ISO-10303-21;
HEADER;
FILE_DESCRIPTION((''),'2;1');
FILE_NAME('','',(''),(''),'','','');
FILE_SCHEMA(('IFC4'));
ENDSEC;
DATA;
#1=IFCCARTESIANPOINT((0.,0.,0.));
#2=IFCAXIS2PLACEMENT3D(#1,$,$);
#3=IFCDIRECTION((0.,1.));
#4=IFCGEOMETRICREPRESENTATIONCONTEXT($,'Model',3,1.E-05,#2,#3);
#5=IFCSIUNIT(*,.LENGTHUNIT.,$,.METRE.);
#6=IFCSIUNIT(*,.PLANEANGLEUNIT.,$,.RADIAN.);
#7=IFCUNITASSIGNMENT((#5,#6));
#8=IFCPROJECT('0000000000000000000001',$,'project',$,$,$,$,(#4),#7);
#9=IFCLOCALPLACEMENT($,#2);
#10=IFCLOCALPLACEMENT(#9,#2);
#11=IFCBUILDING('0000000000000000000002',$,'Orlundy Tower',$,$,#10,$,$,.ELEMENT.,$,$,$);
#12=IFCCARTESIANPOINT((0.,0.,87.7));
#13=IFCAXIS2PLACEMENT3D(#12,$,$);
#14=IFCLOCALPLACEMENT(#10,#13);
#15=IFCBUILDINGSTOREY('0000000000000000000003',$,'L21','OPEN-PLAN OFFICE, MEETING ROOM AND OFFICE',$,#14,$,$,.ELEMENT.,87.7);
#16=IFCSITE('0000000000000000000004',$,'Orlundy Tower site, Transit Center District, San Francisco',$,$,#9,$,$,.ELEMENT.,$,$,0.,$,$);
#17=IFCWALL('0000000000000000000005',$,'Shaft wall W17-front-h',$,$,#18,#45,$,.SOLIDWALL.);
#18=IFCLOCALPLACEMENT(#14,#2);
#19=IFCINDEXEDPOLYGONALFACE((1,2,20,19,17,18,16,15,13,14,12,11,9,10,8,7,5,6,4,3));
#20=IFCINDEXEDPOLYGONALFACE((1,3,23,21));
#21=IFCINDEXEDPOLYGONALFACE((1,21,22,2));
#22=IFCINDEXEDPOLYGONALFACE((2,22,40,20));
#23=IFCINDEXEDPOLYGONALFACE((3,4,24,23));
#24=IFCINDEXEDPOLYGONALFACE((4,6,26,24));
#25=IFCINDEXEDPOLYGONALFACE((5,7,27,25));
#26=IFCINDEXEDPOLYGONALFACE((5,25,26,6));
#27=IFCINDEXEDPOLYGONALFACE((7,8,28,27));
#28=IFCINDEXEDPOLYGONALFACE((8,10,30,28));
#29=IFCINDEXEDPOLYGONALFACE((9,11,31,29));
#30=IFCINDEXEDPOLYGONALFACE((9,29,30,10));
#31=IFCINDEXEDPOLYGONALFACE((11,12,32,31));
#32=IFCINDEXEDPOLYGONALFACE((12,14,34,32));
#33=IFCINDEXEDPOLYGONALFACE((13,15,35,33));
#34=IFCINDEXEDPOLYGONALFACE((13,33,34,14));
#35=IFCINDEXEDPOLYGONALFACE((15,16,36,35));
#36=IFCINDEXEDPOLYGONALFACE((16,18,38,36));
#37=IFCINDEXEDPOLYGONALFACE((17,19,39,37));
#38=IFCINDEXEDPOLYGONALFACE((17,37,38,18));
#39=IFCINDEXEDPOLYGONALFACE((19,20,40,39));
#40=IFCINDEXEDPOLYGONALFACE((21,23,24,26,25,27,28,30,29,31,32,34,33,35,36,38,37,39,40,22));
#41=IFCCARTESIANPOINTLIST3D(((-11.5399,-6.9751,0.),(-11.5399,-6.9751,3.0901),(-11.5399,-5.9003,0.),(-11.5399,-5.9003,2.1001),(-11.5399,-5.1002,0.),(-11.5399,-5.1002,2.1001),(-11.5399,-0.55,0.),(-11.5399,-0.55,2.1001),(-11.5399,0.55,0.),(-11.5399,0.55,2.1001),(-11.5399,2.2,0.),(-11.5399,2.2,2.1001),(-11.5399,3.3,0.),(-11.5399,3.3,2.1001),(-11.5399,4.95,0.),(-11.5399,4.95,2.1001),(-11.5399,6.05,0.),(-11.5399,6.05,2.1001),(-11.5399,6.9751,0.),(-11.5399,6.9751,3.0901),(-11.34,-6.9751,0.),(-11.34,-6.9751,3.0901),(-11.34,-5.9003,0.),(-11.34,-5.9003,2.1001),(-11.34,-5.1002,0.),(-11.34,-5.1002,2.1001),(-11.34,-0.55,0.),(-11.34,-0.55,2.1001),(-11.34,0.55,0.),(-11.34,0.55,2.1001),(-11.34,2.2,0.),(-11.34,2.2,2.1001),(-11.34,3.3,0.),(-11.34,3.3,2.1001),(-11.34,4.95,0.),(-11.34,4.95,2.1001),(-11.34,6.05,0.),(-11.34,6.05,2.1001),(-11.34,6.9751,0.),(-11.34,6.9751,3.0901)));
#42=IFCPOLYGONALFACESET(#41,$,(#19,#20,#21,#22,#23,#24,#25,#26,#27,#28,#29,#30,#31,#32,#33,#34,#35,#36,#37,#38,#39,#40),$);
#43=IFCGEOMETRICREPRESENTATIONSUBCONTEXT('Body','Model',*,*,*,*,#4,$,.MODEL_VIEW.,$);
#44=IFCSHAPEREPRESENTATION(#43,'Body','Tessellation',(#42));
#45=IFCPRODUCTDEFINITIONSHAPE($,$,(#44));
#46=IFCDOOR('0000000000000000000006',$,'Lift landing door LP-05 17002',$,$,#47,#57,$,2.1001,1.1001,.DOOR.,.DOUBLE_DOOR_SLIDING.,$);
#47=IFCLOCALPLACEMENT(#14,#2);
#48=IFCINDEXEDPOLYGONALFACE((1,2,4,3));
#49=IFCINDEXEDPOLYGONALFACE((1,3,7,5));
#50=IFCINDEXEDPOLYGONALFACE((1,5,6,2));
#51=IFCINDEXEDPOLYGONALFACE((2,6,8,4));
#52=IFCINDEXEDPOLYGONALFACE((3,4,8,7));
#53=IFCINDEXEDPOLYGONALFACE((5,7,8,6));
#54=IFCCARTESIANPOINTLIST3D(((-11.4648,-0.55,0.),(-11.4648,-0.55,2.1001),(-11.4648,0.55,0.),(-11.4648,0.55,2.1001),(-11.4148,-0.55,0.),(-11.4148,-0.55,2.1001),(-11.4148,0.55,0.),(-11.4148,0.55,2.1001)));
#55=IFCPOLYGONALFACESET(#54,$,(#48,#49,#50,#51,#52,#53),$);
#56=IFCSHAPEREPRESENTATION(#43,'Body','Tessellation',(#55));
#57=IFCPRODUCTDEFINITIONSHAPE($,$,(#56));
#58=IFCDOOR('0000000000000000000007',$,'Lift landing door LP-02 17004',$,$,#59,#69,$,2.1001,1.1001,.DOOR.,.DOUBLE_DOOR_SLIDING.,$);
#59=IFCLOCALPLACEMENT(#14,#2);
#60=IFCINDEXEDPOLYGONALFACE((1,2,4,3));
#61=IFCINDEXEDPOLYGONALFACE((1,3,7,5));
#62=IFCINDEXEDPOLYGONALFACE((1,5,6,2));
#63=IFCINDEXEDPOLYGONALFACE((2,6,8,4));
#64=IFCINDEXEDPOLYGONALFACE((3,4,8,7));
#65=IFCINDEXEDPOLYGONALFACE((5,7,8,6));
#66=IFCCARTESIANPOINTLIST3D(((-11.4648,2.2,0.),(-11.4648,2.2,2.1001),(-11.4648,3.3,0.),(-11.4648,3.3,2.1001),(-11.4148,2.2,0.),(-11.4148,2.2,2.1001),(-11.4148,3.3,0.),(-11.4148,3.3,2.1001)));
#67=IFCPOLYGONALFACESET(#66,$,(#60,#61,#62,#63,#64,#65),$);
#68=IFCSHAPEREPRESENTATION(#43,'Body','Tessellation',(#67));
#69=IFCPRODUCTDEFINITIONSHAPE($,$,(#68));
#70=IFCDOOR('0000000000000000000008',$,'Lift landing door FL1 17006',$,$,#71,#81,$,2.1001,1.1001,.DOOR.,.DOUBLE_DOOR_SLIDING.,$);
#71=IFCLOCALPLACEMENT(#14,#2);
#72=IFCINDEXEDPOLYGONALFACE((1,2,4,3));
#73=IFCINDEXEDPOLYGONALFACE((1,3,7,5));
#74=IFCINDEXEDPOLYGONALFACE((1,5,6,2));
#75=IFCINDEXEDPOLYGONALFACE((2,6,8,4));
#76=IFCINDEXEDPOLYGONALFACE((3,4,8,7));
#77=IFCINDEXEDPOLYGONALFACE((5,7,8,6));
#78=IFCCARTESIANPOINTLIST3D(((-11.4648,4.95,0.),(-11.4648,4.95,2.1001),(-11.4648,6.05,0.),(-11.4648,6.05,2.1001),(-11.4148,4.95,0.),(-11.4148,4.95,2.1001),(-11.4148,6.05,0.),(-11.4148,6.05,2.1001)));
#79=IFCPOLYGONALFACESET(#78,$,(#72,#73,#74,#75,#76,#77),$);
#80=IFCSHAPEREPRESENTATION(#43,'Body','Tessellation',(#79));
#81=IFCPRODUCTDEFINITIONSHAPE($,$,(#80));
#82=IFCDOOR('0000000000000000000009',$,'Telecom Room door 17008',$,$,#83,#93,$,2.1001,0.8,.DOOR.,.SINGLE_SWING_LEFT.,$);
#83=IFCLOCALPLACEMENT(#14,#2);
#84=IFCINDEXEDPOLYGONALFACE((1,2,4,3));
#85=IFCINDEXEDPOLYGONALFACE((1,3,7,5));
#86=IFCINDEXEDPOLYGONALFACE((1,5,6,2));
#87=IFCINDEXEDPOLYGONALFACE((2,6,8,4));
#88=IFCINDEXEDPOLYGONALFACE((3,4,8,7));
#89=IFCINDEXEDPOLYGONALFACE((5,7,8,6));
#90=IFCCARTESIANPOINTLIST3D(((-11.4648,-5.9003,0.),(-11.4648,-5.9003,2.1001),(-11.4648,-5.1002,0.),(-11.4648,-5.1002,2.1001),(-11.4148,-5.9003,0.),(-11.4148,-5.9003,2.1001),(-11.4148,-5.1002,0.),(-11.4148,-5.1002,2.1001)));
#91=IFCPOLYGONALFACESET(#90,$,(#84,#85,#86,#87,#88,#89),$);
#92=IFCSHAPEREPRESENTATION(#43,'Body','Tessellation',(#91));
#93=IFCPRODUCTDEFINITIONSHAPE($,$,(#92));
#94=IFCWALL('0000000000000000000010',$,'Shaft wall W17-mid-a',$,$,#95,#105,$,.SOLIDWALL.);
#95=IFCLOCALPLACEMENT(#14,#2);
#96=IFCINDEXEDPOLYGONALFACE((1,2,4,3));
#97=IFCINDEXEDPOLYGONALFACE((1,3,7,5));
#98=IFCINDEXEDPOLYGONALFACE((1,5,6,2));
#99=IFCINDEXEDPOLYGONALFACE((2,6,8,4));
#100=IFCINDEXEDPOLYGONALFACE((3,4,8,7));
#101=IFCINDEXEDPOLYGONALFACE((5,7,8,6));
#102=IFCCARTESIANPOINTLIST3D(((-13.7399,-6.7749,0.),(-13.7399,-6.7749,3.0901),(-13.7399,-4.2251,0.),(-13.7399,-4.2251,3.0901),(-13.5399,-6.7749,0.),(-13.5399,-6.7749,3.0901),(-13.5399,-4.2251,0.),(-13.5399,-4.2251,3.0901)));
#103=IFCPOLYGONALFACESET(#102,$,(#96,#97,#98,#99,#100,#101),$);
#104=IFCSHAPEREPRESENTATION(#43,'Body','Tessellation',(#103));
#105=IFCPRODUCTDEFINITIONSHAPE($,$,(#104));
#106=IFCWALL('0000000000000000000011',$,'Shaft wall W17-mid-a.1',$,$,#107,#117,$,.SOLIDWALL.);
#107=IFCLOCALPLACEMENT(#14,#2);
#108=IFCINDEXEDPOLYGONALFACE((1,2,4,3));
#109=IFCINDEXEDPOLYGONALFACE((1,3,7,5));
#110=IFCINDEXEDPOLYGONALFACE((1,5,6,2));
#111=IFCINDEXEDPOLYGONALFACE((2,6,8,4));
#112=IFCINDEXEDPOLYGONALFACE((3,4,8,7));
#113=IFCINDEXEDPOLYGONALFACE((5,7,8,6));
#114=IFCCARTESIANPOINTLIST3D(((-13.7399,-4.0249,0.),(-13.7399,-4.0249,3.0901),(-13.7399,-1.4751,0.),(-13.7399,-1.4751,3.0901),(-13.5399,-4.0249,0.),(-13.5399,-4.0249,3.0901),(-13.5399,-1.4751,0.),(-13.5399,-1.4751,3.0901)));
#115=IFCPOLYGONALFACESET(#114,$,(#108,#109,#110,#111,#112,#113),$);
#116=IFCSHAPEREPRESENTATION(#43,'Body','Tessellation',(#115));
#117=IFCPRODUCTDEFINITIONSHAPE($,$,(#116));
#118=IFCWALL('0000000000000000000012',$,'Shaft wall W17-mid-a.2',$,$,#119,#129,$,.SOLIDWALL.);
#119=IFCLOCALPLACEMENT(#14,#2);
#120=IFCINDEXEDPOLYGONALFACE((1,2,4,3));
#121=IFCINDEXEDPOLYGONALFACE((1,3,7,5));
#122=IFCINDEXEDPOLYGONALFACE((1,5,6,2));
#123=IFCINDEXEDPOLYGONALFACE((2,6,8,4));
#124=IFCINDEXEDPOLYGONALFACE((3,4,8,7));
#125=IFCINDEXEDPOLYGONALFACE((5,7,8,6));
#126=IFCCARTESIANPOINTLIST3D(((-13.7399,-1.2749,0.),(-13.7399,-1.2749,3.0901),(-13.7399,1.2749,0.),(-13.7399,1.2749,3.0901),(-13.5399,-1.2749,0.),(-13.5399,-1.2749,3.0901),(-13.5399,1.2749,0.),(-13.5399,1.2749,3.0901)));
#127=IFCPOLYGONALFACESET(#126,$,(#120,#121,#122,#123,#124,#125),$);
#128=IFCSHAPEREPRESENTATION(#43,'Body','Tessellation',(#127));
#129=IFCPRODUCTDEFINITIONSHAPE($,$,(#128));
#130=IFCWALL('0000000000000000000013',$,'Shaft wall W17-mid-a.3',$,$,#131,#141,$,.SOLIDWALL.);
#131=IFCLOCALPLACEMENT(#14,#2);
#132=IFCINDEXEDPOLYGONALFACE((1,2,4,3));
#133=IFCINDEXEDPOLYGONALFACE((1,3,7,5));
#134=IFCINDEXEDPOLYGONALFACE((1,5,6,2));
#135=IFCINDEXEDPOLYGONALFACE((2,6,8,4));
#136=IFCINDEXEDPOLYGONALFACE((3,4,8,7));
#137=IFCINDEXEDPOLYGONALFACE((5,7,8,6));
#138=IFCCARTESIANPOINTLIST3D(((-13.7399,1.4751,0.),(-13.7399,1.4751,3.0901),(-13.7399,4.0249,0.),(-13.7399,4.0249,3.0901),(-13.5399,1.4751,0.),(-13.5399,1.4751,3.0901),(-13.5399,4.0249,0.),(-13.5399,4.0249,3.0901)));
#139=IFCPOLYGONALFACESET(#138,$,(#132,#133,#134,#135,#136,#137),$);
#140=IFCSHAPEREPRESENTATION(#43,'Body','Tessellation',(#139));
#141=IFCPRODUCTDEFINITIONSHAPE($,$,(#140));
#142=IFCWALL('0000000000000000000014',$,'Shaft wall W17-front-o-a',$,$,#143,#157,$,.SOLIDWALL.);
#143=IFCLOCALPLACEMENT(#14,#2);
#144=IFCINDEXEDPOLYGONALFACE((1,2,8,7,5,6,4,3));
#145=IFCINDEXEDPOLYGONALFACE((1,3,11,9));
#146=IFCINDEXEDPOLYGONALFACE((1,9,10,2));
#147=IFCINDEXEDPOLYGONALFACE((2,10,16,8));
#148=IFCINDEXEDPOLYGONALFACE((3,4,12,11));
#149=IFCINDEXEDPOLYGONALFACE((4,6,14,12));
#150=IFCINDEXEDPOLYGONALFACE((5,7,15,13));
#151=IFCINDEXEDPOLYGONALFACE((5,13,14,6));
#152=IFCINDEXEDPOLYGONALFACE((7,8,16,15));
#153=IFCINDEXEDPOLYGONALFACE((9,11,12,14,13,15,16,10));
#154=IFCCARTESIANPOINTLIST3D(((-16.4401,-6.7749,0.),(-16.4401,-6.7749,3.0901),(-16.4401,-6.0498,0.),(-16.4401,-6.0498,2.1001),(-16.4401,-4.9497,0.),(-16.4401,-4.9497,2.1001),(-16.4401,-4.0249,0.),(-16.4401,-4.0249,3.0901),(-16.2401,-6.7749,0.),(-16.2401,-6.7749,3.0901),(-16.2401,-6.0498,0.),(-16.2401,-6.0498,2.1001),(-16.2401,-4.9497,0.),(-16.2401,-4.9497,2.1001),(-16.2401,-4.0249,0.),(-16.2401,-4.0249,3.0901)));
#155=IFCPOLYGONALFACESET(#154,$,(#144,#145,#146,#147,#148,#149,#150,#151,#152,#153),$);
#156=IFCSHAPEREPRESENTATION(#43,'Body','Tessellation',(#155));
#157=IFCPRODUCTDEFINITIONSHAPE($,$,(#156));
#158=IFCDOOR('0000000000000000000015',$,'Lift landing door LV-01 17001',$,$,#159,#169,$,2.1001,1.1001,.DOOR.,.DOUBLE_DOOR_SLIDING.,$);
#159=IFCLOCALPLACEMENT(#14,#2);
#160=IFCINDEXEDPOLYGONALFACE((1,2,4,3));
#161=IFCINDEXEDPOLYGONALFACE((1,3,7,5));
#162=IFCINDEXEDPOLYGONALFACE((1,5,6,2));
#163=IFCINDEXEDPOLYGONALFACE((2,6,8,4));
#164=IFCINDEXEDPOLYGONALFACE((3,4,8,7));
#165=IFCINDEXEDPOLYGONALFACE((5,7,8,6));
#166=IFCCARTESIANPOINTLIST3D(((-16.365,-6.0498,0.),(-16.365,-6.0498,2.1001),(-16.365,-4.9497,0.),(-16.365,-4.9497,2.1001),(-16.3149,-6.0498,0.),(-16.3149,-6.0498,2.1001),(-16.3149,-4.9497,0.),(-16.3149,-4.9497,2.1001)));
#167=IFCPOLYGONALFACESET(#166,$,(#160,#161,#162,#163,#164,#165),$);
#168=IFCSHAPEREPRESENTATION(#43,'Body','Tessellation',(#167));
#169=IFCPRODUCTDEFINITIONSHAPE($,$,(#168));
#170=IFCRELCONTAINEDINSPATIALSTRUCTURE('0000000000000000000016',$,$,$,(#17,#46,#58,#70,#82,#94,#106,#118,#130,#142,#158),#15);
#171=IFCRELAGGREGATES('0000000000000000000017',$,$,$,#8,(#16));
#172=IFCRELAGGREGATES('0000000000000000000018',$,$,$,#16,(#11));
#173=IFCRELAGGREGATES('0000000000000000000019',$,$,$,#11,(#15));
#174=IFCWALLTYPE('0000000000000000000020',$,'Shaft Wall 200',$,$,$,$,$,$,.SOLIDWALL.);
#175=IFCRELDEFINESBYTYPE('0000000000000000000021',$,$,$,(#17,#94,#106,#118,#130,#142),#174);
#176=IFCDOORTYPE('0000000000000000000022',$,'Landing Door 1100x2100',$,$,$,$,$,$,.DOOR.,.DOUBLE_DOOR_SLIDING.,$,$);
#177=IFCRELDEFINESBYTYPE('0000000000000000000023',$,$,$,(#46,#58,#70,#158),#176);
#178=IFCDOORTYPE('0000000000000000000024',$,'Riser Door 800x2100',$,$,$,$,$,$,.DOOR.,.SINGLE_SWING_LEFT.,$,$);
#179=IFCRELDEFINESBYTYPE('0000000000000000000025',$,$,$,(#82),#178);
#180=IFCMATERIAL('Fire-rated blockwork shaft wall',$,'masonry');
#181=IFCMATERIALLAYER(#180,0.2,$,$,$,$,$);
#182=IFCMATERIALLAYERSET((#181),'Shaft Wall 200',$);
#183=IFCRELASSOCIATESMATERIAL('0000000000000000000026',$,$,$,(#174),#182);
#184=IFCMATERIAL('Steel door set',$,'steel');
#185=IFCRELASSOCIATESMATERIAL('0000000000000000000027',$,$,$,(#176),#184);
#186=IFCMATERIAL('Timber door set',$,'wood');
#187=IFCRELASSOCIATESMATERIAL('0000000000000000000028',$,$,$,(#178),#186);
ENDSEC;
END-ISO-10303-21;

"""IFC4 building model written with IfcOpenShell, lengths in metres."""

from ifc_helpers import new_model, si_unit, direction, frame, frame_2d, origin, place, context, subcontext, project, spatial, rectangle, extrude, material, layer, layer_set, type_object, element, fill, save


model = new_model("IFC4")

# Units and contexts
model_context = context("Model", 3, precision=1e-05, world=origin(), true_north=direction((0.0, 1.0)))
body_context = subcontext(model_context, "Body", "Model", "MODEL_VIEW")
ifc_project = project(units=[si_unit("LENGTHUNIT", "METRE"), si_unit("PLANEANGLEUNIT", "RADIAN")], contexts=[model_context])

# Site, building, storey
site_placement = place(None, origin())
site = spatial("IfcSite", under=ifc_project, at=site_placement, Name="Orlundy Tower site, Transit Center District, San Francisco", CompositionType="ELEMENT", RefElevation=0.0)
building_placement = place(site_placement, origin())
building = spatial("IfcBuilding", under=site, at=building_placement, Name="Orlundy Tower", CompositionType="ELEMENT")
storey_placement = place(building_placement, frame((0.0, 0.0, 87.7)))
storey = spatial("IfcBuildingStorey", under=building, at=storey_placement, Name="L21", Description="OPEN-PLAN OFFICE, MEETING ROOM AND OFFICE", CompositionType="ELEMENT", Elevation=87.7)

# Shared definitions
ifc_material_1 = material(Name="Fire-rated blockwork shaft wall", Category="masonry")
ifc_layer_1 = layer(ifc_material_1, 0.2)
ifc_layer_set_1 = layer_set([ifc_layer_1], Name="Shaft Wall 200")
wall_type_1 = type_object("IfcWallType", Name="Shaft Wall 200", PredefinedType="SOLIDWALL", material=ifc_layer_set_1)

# Wall, openings, doors
wall_1_placement = place(storey_placement, frame((-11.4399, -6.9751, 0.0), z_axis=(0.0, 0.0, 1.0), x_axis=(0.0, 1.0, 0.0)))
wall_1 = element("IfcWall", 1, at=wall_1_placement, inside=storey, type_object=wall_type_1, Name="Shaft wall W17-front-h", PredefinedType="SOLIDWALL", context=body_context, shape_type="SweptSolid", body=[
    extrude(rectangle(XDim=13.9502, YDim=0.2, at=frame_2d((6.9751, 0.0))), origin(), (0.0, 0.0, 1.0), 3.0901),
])
opening_1_placement = place(wall_1_placement, frame((6.425, 0.0, 0.0)))
opening_1 = element("IfcOpeningElement", 2, at=opening_1_placement, cuts=wall_1, PredefinedType="OPENING", context=body_context, shape_type="SweptSolid", body=[
    extrude(rectangle(XDim=1.1001, YDim=2.1001, at=frame_2d((0.55, 1.05))), frame((0.0, 0.1101, 0.0), z_axis=(0.0, -1.0, 0.0), x_axis=(1.0, 0.0, 0.0)), (0.0, 0.0, 1.0), 0.2202),
])
opening_2_placement = place(wall_1_placement, frame((9.175, 0.0, 0.0)))
opening_2 = element("IfcOpeningElement", 3, at=opening_2_placement, cuts=wall_1, PredefinedType="OPENING", context=body_context, shape_type="SweptSolid", body=[
    extrude(rectangle(XDim=1.1001, YDim=2.1001, at=frame_2d((0.55, 1.05))), frame((0.0, 0.1101, 0.0), z_axis=(0.0, -1.0, 0.0), x_axis=(1.0, 0.0, 0.0)), (0.0, 0.0, 1.0), 0.2202),
])
opening_3_placement = place(wall_1_placement, frame((11.925, 0.0, 0.0)))
opening_3 = element("IfcOpeningElement", 4, at=opening_3_placement, cuts=wall_1, PredefinedType="OPENING", context=body_context, shape_type="SweptSolid", body=[
    extrude(rectangle(XDim=1.1001, YDim=2.1001, at=frame_2d((0.55, 1.05))), frame((0.0, 0.1101, 0.0), z_axis=(0.0, -1.0, 0.0), x_axis=(1.0, 0.0, 0.0)), (0.0, 0.0, 1.0), 0.2202),
])
opening_4_placement = place(wall_1_placement, frame((1.075, 0.0, 0.0)))
opening_4 = element("IfcOpeningElement", 5, at=opening_4_placement, cuts=wall_1, PredefinedType="OPENING", context=body_context, shape_type="SweptSolid", body=[
    extrude(rectangle(XDim=0.8, YDim=2.1001, at=frame_2d((0.3999, 1.05))), frame((0.0, 0.1101, 0.0), z_axis=(0.0, -1.0, 0.0), x_axis=(1.0, 0.0, 0.0)), (0.0, 0.0, 1.0), 0.2202),
])
ifc_material_2 = material(Name="Steel door set", Category="steel")
door_type_1 = type_object("IfcDoorType", Name="Landing Door 1100x2100", OperationType="DOUBLE_DOOR_SLIDING", PredefinedType="DOOR", material=ifc_material_2)
door_1_placement = place(opening_1_placement, origin())
door_1 = element("IfcDoor", 6, at=door_1_placement, inside=storey, type_object=door_type_1, Name="Lift landing door LP-05 17002", OperationType="DOUBLE_DOOR_SLIDING", OverallHeight=2.1001, OverallWidth=1.1001, PredefinedType="DOOR", context=body_context, shape_type="SweptSolid", body=[
    extrude(rectangle(XDim=1.1001, YDim=2.1001, at=frame_2d((0.55, 1.05))), frame((0.0, 0.0249, 0.0), z_axis=(0.0, -1.0, 0.0), x_axis=(1.0, 0.0, 0.0)), (0.0, 0.0, 1.0), 0.05),
])
fill(opening_1, door_1)
door_2_placement = place(opening_2_placement, origin())
door_2 = element("IfcDoor", 7, at=door_2_placement, inside=storey, type_object=door_type_1, Name="Lift landing door LP-02 17004", OperationType="DOUBLE_DOOR_SLIDING", OverallHeight=2.1001, OverallWidth=1.1001, PredefinedType="DOOR", context=body_context, shape_type="SweptSolid", body=[
    extrude(rectangle(XDim=1.1001, YDim=2.1001, at=frame_2d((0.55, 1.05))), frame((0.0, 0.0249, 0.0), z_axis=(0.0, -1.0, 0.0), x_axis=(1.0, 0.0, 0.0)), (0.0, 0.0, 1.0), 0.05),
])
fill(opening_2, door_2)
door_3_placement = place(opening_3_placement, origin())
door_3 = element("IfcDoor", 8, at=door_3_placement, inside=storey, type_object=door_type_1, Name="Lift landing door FL1 17006", OperationType="DOUBLE_DOOR_SLIDING", OverallHeight=2.1001, OverallWidth=1.1001, PredefinedType="DOOR", context=body_context, shape_type="SweptSolid", body=[
    extrude(rectangle(XDim=1.1001, YDim=2.1001, at=frame_2d((0.55, 1.05))), frame((0.0, 0.0249, 0.0), z_axis=(0.0, -1.0, 0.0), x_axis=(1.0, 0.0, 0.0)), (0.0, 0.0, 1.0), 0.05),
])
fill(opening_3, door_3)
ifc_material_3 = material(Name="Timber door set", Category="wood")
door_type_2 = type_object("IfcDoorType", Name="Riser Door 800x2100", OperationType="SINGLE_SWING_LEFT", PredefinedType="DOOR", material=ifc_material_3)
door_4_placement = place(opening_4_placement, origin())
door_4 = element("IfcDoor", 9, at=door_4_placement, inside=storey, type_object=door_type_2, Name="Telecom Room door 17008", OperationType="SINGLE_SWING_LEFT", OverallHeight=2.1001, OverallWidth=0.8, PredefinedType="DOOR", context=body_context, shape_type="SweptSolid", body=[
    extrude(rectangle(XDim=0.8, YDim=2.1001, at=frame_2d((0.3999, 1.05))), frame((0.0, 0.0249, 0.0), z_axis=(0.0, -1.0, 0.0), x_axis=(1.0, 0.0, 0.0)), (0.0, 0.0, 1.0), 0.05),
])
fill(opening_4, door_4)

# Walls
for number, where, z_axis, x_axis, name in (
    (10, (-13.6399, -6.7749, 0.0), (0.0, 0.0, 1.0), (0.0, 1.0, 0.0), "Shaft wall W17-mid-a"),
    (11, (-13.6399, -4.0249, 0.0), (0.0, 0.0, 1.0), (0.0, 1.0, 0.0), "Shaft wall W17-mid-a.1"),
    (12, (-13.6399, -1.2749, 0.0), (0.0, 0.0, 1.0), (0.0, 1.0, 0.0), "Shaft wall W17-mid-a.2"),
    (13, (-13.6399, 1.4751, 0.0), (0.0, 0.0, 1.0), (0.0, 1.0, 0.0), "Shaft wall W17-mid-a.3"),
):
    element("IfcWall", number, at=place(storey_placement, frame(where, z_axis=z_axis, x_axis=x_axis)), inside=storey, type_object=wall_type_1, Name=name, PredefinedType="SOLIDWALL", context=body_context, shape_type="SweptSolid", body=[
        extrude(rectangle(XDim=2.5498, YDim=0.2, at=frame_2d((1.2749, 0.0))), origin(), (0.0, 0.0, 1.0), 3.0901),
    ])

# Wall, opening, door
wall_2_placement = place(storey_placement, frame((-16.3401, -6.7749, 0.0), z_axis=(0.0, 0.0, 1.0), x_axis=(0.0, 1.0, 0.0)))
wall_2 = element("IfcWall", 14, at=wall_2_placement, inside=storey, type_object=wall_type_1, Name="Shaft wall W17-front-o-a", PredefinedType="SOLIDWALL", context=body_context, shape_type="SweptSolid", body=[
    extrude(rectangle(XDim=2.75, YDim=0.2, at=frame_2d((1.375, 0.0))), origin(), (0.0, 0.0, 1.0), 3.0901),
])
opening_5_placement = place(wall_2_placement, frame((0.7251, 0.0, 0.0)))
opening_5 = element("IfcOpeningElement", 15, at=opening_5_placement, cuts=wall_2, PredefinedType="OPENING", context=body_context, shape_type="SweptSolid", body=[
    extrude(rectangle(XDim=1.1001, YDim=2.1001, at=frame_2d((0.55, 1.05))), frame((0.0, 0.1101, 0.0), z_axis=(0.0, -1.0, 0.0), x_axis=(1.0, 0.0, 0.0)), (0.0, 0.0, 1.0), 0.2202),
])
door_5_placement = place(opening_5_placement, origin())
door_5 = element("IfcDoor", 16, at=door_5_placement, inside=storey, type_object=door_type_1, Name="Lift landing door LV-01 17001", OperationType="DOUBLE_DOOR_SLIDING", OverallHeight=2.1001, OverallWidth=1.1001, PredefinedType="DOOR", context=body_context, shape_type="SweptSolid", body=[
    extrude(rectangle(XDim=1.1001, YDim=2.1001, at=frame_2d((0.55, 1.05))), frame((0.0, 0.0249, 0.0), z_axis=(0.0, -1.0, 0.0), x_axis=(1.0, 0.0, 0.0)), (0.0, 0.0, 1.0), 0.05),
])
fill(opening_5, door_5)

save(model, "model.ifc")
